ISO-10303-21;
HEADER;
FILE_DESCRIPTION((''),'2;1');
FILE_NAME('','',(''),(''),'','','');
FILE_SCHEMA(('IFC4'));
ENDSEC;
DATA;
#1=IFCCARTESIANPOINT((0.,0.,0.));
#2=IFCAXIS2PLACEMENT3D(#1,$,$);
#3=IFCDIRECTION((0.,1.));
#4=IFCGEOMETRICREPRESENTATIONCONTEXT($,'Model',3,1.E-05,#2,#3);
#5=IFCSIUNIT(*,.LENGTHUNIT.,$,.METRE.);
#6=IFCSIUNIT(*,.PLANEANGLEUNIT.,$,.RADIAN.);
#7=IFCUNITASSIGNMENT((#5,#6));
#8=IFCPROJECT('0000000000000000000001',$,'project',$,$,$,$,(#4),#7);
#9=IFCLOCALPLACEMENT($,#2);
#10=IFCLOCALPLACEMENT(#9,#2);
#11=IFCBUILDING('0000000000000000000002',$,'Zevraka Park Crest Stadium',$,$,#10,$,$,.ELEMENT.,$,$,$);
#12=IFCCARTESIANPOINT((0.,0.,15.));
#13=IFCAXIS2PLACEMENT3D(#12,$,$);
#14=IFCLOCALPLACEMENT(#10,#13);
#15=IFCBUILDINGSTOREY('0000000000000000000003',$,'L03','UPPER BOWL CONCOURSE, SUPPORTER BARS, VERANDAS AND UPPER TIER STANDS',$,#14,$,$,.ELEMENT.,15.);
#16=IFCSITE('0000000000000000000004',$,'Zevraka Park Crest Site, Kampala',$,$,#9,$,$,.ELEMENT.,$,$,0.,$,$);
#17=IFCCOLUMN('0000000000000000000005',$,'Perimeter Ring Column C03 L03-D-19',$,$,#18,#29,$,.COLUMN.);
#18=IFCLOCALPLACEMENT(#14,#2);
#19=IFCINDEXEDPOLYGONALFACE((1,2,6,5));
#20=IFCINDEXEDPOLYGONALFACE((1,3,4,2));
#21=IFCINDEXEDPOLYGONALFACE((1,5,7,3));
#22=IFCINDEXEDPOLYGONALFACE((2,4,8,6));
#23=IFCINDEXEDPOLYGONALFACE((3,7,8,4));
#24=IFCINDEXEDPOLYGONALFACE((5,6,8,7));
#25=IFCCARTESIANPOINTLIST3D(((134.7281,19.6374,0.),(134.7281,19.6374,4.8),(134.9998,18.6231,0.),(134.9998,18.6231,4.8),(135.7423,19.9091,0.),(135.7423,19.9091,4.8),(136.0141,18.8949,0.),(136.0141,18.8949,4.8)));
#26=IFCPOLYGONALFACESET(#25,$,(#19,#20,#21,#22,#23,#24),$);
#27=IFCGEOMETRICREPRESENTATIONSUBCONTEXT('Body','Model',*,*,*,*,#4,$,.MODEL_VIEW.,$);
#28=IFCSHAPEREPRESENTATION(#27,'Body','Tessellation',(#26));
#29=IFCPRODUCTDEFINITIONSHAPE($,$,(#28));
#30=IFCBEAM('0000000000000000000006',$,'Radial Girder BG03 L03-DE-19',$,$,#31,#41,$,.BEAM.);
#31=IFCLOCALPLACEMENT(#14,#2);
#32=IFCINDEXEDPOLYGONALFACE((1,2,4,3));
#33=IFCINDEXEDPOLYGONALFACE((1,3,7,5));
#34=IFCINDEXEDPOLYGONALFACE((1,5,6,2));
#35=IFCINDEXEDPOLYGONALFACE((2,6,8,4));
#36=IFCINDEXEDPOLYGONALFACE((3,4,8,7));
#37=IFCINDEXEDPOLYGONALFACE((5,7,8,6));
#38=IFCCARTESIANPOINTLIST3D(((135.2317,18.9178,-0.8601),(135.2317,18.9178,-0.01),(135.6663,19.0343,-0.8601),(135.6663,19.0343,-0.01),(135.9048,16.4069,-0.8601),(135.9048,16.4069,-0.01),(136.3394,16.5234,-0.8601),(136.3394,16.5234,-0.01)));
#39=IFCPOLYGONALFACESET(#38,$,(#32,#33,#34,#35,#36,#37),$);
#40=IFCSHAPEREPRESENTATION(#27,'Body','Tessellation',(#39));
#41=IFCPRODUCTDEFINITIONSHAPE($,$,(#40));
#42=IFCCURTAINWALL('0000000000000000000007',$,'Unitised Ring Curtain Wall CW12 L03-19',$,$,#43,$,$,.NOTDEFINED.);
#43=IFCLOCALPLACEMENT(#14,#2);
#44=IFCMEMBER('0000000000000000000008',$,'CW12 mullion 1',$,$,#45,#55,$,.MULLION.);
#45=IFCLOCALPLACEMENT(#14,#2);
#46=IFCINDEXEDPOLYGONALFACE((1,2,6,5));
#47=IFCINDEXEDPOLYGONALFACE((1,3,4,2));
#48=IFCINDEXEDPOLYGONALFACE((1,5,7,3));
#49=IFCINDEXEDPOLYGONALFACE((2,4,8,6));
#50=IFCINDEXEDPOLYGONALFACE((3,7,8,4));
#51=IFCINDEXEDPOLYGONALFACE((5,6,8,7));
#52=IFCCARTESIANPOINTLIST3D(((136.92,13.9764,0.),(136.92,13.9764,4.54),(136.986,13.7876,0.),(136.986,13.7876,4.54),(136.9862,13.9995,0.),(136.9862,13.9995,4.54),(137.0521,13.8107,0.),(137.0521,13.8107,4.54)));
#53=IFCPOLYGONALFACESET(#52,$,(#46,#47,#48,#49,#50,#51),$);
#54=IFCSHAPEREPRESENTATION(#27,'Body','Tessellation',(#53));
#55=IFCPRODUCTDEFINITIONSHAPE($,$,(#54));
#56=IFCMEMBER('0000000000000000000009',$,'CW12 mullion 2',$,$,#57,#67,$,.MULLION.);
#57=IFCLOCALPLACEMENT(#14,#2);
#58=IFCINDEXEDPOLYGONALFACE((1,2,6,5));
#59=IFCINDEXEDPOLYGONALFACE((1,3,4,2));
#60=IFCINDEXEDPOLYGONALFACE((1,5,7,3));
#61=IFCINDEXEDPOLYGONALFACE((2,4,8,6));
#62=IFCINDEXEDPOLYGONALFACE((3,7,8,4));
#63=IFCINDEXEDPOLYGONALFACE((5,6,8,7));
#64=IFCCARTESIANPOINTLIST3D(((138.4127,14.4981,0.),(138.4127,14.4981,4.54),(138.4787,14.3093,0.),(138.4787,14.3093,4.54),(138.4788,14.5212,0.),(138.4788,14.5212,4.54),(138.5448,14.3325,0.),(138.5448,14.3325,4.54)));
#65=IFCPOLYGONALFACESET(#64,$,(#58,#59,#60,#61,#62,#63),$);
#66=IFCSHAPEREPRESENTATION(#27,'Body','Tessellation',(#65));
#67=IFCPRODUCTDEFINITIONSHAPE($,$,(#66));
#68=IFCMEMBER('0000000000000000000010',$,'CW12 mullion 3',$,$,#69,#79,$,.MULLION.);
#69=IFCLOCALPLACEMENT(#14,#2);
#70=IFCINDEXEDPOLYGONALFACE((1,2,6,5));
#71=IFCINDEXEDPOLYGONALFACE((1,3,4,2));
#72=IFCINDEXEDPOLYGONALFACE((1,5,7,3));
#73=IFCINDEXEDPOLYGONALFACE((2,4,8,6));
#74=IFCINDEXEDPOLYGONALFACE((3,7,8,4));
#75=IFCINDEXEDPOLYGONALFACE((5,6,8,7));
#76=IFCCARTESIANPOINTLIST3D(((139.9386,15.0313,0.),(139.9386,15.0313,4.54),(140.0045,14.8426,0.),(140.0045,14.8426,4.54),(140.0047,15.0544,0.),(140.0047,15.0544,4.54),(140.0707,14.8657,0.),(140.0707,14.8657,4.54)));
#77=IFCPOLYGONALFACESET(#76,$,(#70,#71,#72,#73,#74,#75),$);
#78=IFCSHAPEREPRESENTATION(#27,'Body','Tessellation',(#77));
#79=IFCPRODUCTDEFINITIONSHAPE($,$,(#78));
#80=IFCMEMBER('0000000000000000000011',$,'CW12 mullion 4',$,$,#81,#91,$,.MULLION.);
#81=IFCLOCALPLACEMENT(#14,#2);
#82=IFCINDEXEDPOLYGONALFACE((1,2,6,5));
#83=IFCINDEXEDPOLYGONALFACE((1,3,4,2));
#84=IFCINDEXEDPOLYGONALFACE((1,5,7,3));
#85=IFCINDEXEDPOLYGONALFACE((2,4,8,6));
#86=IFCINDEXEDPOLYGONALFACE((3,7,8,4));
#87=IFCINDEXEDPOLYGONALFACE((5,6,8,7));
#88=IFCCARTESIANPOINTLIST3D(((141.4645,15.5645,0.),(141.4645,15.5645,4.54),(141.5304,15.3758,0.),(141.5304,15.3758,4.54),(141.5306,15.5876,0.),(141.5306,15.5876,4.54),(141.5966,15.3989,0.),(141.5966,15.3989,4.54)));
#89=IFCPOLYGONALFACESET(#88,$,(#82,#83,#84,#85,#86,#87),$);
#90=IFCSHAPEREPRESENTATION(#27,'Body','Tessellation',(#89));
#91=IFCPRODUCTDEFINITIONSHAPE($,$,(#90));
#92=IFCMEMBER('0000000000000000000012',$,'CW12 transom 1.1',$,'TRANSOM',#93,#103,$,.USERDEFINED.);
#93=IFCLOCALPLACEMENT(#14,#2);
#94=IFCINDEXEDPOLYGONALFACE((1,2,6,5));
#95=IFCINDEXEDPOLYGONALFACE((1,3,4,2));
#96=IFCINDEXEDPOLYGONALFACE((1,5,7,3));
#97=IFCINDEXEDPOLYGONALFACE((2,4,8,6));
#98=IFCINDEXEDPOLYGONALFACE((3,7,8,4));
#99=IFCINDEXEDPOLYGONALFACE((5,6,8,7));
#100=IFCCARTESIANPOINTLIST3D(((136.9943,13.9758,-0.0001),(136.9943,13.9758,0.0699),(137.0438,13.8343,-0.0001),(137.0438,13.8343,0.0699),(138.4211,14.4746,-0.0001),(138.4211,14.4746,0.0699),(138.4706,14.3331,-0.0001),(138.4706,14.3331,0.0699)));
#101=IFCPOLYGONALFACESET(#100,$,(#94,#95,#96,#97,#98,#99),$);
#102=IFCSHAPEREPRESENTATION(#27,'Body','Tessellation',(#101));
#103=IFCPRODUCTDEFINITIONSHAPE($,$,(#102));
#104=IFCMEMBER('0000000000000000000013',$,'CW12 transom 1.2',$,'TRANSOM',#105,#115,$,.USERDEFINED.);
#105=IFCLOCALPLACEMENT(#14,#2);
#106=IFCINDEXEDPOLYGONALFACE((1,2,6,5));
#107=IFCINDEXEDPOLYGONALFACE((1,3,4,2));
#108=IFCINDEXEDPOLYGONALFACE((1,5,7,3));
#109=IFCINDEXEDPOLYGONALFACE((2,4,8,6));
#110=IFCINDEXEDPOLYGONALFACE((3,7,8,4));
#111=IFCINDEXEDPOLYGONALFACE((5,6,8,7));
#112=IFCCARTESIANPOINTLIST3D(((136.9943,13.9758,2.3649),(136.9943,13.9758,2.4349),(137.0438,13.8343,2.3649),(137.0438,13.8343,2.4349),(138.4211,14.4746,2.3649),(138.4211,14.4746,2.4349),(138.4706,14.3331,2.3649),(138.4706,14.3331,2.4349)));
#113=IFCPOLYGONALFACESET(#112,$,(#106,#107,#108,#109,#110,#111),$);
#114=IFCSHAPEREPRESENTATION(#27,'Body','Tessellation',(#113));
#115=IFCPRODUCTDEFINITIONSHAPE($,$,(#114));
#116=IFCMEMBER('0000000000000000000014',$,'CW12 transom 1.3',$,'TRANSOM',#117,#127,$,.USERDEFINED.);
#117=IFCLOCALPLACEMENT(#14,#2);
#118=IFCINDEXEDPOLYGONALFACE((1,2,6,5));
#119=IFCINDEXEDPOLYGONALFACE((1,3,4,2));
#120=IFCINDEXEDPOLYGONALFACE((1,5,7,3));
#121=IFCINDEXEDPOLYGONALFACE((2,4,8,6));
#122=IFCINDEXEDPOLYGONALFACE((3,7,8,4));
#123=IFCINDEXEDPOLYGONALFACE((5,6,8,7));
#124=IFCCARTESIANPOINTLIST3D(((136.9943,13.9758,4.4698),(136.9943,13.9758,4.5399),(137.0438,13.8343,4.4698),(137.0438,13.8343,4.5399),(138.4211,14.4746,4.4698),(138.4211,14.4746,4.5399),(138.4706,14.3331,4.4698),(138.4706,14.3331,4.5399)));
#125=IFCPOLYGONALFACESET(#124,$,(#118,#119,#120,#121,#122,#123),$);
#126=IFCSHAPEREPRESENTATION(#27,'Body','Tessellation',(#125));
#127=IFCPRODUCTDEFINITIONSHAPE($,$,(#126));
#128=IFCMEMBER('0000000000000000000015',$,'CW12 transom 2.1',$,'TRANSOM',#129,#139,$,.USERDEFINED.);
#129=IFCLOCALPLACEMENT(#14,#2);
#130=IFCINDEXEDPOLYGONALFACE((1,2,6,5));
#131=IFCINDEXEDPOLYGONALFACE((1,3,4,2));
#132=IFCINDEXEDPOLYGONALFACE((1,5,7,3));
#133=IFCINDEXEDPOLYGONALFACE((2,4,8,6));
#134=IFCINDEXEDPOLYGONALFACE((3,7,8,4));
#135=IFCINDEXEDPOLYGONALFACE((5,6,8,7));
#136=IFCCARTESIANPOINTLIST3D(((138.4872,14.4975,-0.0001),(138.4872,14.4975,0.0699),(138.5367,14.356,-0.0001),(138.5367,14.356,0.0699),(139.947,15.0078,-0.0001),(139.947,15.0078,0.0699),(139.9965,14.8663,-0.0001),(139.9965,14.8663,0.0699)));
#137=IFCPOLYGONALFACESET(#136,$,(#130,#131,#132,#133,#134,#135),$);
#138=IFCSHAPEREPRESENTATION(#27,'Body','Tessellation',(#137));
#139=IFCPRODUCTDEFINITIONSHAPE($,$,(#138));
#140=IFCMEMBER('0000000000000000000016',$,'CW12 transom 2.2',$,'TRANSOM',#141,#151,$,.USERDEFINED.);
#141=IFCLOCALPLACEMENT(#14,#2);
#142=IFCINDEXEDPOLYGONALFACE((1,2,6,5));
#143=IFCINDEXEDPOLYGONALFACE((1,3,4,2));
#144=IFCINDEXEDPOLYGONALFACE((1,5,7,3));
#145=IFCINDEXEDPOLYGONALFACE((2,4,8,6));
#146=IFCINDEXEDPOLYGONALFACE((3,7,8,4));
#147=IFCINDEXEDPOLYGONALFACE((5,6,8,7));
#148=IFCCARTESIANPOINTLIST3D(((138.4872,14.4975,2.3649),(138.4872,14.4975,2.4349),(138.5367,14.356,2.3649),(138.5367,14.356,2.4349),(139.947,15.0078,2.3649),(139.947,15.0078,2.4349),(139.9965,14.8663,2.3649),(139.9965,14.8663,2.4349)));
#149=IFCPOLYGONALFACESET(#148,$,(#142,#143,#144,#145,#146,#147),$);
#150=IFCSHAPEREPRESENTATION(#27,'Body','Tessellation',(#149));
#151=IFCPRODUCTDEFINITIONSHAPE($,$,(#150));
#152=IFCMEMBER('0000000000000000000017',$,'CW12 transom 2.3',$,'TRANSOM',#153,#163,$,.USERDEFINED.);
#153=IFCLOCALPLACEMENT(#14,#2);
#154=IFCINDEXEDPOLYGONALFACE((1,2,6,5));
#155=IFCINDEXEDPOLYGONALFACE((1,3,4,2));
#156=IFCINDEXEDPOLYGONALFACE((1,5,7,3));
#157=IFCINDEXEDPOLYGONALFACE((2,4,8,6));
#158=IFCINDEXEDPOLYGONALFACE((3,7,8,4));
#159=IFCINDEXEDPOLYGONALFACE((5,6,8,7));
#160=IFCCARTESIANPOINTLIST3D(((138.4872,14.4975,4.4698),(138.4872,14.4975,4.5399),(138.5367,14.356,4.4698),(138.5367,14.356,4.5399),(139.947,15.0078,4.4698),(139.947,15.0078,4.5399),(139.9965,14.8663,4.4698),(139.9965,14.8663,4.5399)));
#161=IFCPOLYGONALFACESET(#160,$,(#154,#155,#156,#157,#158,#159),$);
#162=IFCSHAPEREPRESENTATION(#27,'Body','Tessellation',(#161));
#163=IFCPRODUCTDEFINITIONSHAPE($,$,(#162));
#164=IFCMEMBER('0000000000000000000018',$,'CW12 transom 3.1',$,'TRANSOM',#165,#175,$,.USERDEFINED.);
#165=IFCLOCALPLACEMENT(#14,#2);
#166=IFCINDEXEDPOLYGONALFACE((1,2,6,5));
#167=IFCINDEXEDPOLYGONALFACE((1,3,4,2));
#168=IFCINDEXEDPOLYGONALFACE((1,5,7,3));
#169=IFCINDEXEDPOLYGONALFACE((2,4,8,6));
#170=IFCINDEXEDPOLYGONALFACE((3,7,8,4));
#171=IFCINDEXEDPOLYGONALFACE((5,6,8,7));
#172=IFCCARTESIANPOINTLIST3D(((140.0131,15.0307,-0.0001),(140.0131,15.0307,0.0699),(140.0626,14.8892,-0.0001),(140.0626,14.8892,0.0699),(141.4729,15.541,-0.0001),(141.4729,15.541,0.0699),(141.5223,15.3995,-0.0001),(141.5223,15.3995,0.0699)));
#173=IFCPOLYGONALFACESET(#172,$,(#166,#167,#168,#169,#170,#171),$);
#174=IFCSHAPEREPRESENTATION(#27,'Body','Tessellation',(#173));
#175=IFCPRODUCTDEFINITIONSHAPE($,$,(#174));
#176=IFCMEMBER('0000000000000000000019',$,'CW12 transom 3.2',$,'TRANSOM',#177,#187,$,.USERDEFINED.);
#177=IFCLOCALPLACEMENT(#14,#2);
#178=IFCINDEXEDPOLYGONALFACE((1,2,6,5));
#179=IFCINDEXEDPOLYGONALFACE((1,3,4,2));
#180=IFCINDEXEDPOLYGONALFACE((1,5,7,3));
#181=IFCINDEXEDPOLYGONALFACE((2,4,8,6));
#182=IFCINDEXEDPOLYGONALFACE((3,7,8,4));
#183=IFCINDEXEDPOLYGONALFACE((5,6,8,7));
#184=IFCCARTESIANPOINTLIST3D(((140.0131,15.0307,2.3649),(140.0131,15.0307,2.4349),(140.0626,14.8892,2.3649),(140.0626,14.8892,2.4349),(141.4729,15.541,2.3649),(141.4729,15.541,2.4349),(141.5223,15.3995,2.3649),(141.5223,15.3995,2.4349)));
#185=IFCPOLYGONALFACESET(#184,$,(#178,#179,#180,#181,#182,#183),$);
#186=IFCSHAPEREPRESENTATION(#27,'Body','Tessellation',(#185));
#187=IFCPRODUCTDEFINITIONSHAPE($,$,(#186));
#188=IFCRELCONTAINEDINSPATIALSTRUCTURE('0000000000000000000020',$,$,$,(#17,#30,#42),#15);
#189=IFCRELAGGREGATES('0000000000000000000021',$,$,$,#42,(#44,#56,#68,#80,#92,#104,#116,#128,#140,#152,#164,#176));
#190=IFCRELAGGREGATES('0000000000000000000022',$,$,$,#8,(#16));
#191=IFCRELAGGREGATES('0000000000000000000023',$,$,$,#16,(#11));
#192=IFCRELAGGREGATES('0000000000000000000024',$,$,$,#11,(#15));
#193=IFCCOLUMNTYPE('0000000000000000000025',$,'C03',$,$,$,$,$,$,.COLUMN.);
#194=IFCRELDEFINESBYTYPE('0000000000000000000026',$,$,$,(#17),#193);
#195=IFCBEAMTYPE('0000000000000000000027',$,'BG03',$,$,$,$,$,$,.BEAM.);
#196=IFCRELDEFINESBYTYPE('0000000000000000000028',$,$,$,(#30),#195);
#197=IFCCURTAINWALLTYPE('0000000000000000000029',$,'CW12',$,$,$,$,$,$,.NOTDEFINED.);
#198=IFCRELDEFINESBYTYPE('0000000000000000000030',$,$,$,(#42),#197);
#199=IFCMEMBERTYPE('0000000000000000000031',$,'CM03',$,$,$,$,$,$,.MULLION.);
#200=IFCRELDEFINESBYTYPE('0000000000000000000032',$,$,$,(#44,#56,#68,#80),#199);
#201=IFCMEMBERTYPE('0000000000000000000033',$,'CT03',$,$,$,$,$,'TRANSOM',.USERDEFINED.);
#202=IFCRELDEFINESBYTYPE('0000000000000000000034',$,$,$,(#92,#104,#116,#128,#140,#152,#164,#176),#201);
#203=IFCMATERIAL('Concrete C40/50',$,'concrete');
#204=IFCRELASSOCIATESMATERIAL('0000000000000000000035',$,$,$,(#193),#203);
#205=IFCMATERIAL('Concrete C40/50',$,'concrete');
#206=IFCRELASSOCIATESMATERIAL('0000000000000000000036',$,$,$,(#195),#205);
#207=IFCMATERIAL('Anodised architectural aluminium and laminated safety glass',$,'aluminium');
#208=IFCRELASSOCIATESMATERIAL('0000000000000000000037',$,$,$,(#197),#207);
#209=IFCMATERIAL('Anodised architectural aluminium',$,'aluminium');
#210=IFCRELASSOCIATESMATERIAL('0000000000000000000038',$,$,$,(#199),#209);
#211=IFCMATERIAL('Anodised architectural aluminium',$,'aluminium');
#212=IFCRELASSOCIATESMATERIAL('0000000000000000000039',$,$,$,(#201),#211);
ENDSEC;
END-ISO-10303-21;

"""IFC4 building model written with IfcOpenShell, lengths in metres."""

from ifc_helpers import new_model, si_unit, direction, frame, origin, origin_2d, place, context, subcontext, project, spatial, rectangle, extrude, material, material_profile, profile_set, type_object, element, aggregate, save


model = new_model("IFC4")

# Units and contexts
model_context = context("Model", 3, precision=1e-05, world=origin(), true_north=direction((0.0, 1.0)))
body_context = subcontext(model_context, "Body", "Model", "MODEL_VIEW")
ifc_project = project(units=[si_unit("LENGTHUNIT", "METRE"), si_unit("PLANEANGLEUNIT", "RADIAN")], contexts=[model_context])

# Site, building, storey
site_placement = place(None, origin())
site = spatial("IfcSite", under=ifc_project, at=site_placement, Name="Zevraka Park Crest Site, Kampala", CompositionType="ELEMENT", RefElevation=0.0)
building_placement = place(site_placement, origin())
building = spatial("IfcBuilding", under=site, at=building_placement, Name="Zevraka Park Crest Stadium", CompositionType="ELEMENT")
storey_placement = place(building_placement, frame((0.0, 0.0, 15.0)))
storey = spatial("IfcBuildingStorey", under=building, at=storey_placement, Name="L03", Description="UPPER BOWL CONCOURSE, SUPPORTER BARS, VERANDAS AND UPPER TIER STANDS", CompositionType="ELEMENT", Elevation=15.0)

# Column
ifc_material_1 = material(Name="Concrete C40/50", Category="concrete")
ifc_material_profile_1 = material_profile(ifc_material_1, rectangle(XDim=1.05, YDim=1.05, at=origin_2d()), Name="RC 1050x1050")
ifc_profile_set_1 = profile_set([ifc_material_profile_1], Name="Concrete C40/50")
column_type = type_object("IfcColumnType", Name="C03", PredefinedType="COLUMN", material=ifc_profile_set_1)
column_placement = place(storey_placement, frame((135.3711, 19.2661, 0.0), z_axis=(0.0, 0.0, 1.0), x_axis=(-0.258819, 0.965926, 0.0)))
element("IfcColumn", 1, at=column_placement, inside=storey, type_object=column_type, Name="Perimeter Ring Column C03 L03-D-19", PredefinedType="COLUMN", context=body_context, shape_type="SweptSolid", body=[
    extrude(rectangle(XDim=1.05, YDim=1.05, at=origin_2d()), origin(), (0.0, 0.0, 1.0), 4.8),
])

# Beam
ifc_material_2 = material(Name="Concrete C40/50", Category="concrete")
ifc_material_profile_2 = material_profile(ifc_material_2, rectangle(XDim=0.45, YDim=0.8501, at=origin_2d()), Name="RC 850x450")
ifc_profile_set_2 = profile_set([ifc_material_profile_2], Name="Concrete C40/50")
beam_type_1 = type_object("IfcBeamType", Name="BG03", PredefinedType="BEAM", material=ifc_profile_set_2)
beam_1_placement = place(storey_placement, frame((135.449, 18.9761, -0.4351), z_axis=(0.258919, -0.965899, 0.0), x_axis=(0.965899, 0.258919, 0.0)))
element("IfcBeam", 2, at=beam_1_placement, inside=storey, type_object=beam_type_1, Name="Radial Girder BG03 L03-DE-19", PredefinedType="BEAM", context=body_context, shape_type="SweptSolid", body=[
    extrude(rectangle(XDim=0.45, YDim=0.8501, at=origin_2d()), origin(), (0.0, 0.0, 1.0), 2.5996),
])

# Curtain wall, members
ifc_material_3 = material(Name="Anodised architectural aluminium and laminated safety glass", Category="aluminium")
curtain_wall_type = type_object("IfcCurtainWallType", Name="CW12", PredefinedType="NOTDEFINED", material=ifc_material_3)
curtain_wall_placement = place(storey_placement, origin())
curtain_wall = element("IfcCurtainWall", 3, at=curtain_wall_placement, inside=storey, type_object=curtain_wall_type, Name="Unitised Ring Curtain Wall CW12 L03-19", PredefinedType="NOTDEFINED")
ifc_material_4 = material(Name="Anodised architectural aluminium", Category="aluminium")
ifc_material_profile_3 = material_profile(ifc_material_4, rectangle(XDim=0.2, YDim=0.0701, at=origin_2d()), Name="ALU MULLION 200x70")
ifc_profile_set_3 = profile_set([ifc_material_profile_3], Name="Anodised architectural aluminium")
member_type_1 = type_object("IfcMemberType", Name="CM03", PredefinedType="MULLION", material=ifc_profile_set_3)
member_1_placement = place(storey_placement, frame((136.9861, 13.8936, 0.0), z_axis=(0.0, 0.0, 1.0), x_axis=(-0.329917, 0.94401, 0.0)))
member_1 = element("IfcMember", 4, at=member_1_placement, type_object=member_type_1, Name="CW12 mullion 1", PredefinedType="MULLION", context=body_context, shape_type="SweptSolid", body=[
    extrude(rectangle(XDim=0.2, YDim=0.0701, at=origin_2d()), origin(), (0.0, 0.0, 1.0), 4.54),
])
member_2_placement = place(storey_placement, frame((138.4788, 14.4153, 0.0), z_axis=(0.0, 0.0, 1.0), x_axis=(-0.329917, 0.94401, 0.0)))
member_2 = element("IfcMember", 5, at=member_2_placement, type_object=member_type_1, Name="CW12 mullion 2", PredefinedType="MULLION", context=body_context, shape_type="SweptSolid", body=[
    extrude(rectangle(XDim=0.2, YDim=0.0701, at=origin_2d()), origin(), (0.0, 0.0, 1.0), 4.54),
])
member_3_placement = place(storey_placement, frame((140.0046, 14.9485, 0.0), z_axis=(0.0, 0.0, 1.0), x_axis=(-0.329917, 0.94401, 0.0)))
member_3 = element("IfcMember", 6, at=member_3_placement, type_object=member_type_1, Name="CW12 mullion 3", PredefinedType="MULLION", context=body_context, shape_type="SweptSolid", body=[
    extrude(rectangle(XDim=0.2, YDim=0.0701, at=origin_2d()), origin(), (0.0, 0.0, 1.0), 4.54),
])
member_4_placement = place(storey_placement, frame((141.5305, 15.4817, 0.0), z_axis=(0.0, 0.0, 1.0), x_axis=(-0.329917, 0.94401, 0.0)))
member_4 = element("IfcMember", 7, at=member_4_placement, type_object=member_type_1, Name="CW12 mullion 4", PredefinedType="MULLION", context=body_context, shape_type="SweptSolid", body=[
    extrude(rectangle(XDim=0.2, YDim=0.0701, at=origin_2d()), origin(), (0.0, 0.0, 1.0), 4.54),
])
ifc_material_5 = material(Name="Anodised architectural aluminium", Category="aluminium")
ifc_material_profile_4 = material_profile(ifc_material_5, rectangle(XDim=0.1499, YDim=0.0701, at=origin_2d()), Name="ALU TRANSOM 150x70")
ifc_profile_set_4 = profile_set([ifc_material_profile_4], Name="Anodised architectural aluminium")
member_type_2 = type_object("IfcMemberType", Name="CT03", ElementType="TRANSOM", PredefinedType="USERDEFINED", material=ifc_profile_set_4)
member_5_placement = place(storey_placement, frame((137.019, 13.905, 0.0349), z_axis=(0.943979, 0.330005, 0.0), x_axis=(-0.330005, 0.943979, 0.0)))
member_5 = element("IfcMember", 8, at=member_5_placement, type_object=member_type_2, Name="CW12 transom 1.1", ObjectType="TRANSOM", PredefinedType="USERDEFINED", context=body_context, shape_type="SweptSolid", body=[
    extrude(rectangle(XDim=0.1499, YDim=0.0701, at=origin_2d()), origin(), (0.0, 0.0, 1.0), 1.5115),
])
member_6_placement = place(storey_placement, frame((137.019, 13.905, 2.3999), z_axis=(0.943979, 0.330005, 0.0), x_axis=(-0.330005, 0.943979, 0.0)))
member_6 = element("IfcMember", 9, at=member_6_placement, type_object=member_type_2, Name="CW12 transom 1.2", ObjectType="TRANSOM", PredefinedType="USERDEFINED", context=body_context, shape_type="SweptSolid", body=[
    extrude(rectangle(XDim=0.1499, YDim=0.0701, at=origin_2d()), origin(), (0.0, 0.0, 1.0), 1.5115),
])
member_7_placement = place(storey_placement, frame((137.019, 13.905, 4.5049), z_axis=(0.943979, 0.330005, 0.0), x_axis=(-0.330005, 0.943979, 0.0)))
member_7 = element("IfcMember", 10, at=member_7_placement, type_object=member_type_2, Name="CW12 transom 1.3", ObjectType="TRANSOM", PredefinedType="USERDEFINED", context=body_context, shape_type="SweptSolid", body=[
    extrude(rectangle(XDim=0.1499, YDim=0.0701, at=origin_2d()), origin(), (0.0, 0.0, 1.0), 1.5115),
])
member_8_placement = place(storey_placement, frame((138.512, 14.4268, 0.0349), z_axis=(0.943989, 0.329978, 0.0), x_axis=(-0.329978, 0.943989, 0.0)))
member_8 = element("IfcMember", 11, at=member_8_placement, type_object=member_type_2, Name="CW12 transom 2.1", ObjectType="TRANSOM", PredefinedType="USERDEFINED", context=body_context, shape_type="SweptSolid", body=[
    extrude(rectangle(XDim=0.1499, YDim=0.0701, at=origin_2d()), origin(), (0.0, 0.0, 1.0), 1.5464),
])
member_9_placement = place(storey_placement, frame((138.512, 14.4268, 2.3999), z_axis=(0.943989, 0.329978, 0.0), x_axis=(-0.329978, 0.943989, 0.0)))
member_9 = element("IfcMember", 12, at=member_9_placement, type_object=member_type_2, Name="CW12 transom 2.2", ObjectType="TRANSOM", PredefinedType="USERDEFINED", context=body_context, shape_type="SweptSolid", body=[
    extrude(rectangle(XDim=0.1499, YDim=0.0701, at=origin_2d()), origin(), (0.0, 0.0, 1.0), 1.5464),
])
member_10_placement = place(storey_placement, frame((138.512, 14.4268, 4.5049), z_axis=(0.943989, 0.329978, 0.0), x_axis=(-0.329978, 0.943989, 0.0)))
member_10 = element("IfcMember", 13, at=member_10_placement, type_object=member_type_2, Name="CW12 transom 2.3", ObjectType="TRANSOM", PredefinedType="USERDEFINED", context=body_context, shape_type="SweptSolid", body=[
    extrude(rectangle(XDim=0.1499, YDim=0.0701, at=origin_2d()), origin(), (0.0, 0.0, 1.0), 1.5464),
])
member_11_placement = place(storey_placement, frame((140.0378, 14.96, 0.0349), z_axis=(0.943989, 0.329978, 0.0), x_axis=(-0.329978, 0.943989, 0.0)))
member_11 = element("IfcMember", 14, at=member_11_placement, type_object=member_type_2, Name="CW12 transom 3.1", ObjectType="TRANSOM", PredefinedType="USERDEFINED", context=body_context, shape_type="SweptSolid", body=[
    extrude(rectangle(XDim=0.1499, YDim=0.0701, at=origin_2d()), origin(), (0.0, 0.0, 1.0), 1.5464),
])
member_12_placement = place(storey_placement, frame((140.0378, 14.96, 2.3999), z_axis=(0.943989, 0.329978, 0.0), x_axis=(-0.329978, 0.943989, 0.0)))
member_12 = element("IfcMember", 15, at=member_12_placement, type_object=member_type_2, Name="CW12 transom 3.2", ObjectType="TRANSOM", PredefinedType="USERDEFINED", context=body_context, shape_type="SweptSolid", body=[
    extrude(rectangle(XDim=0.1499, YDim=0.0701, at=origin_2d()), origin(), (0.0, 0.0, 1.0), 1.5464),
])

aggregate(curtain_wall, [member_1, member_2, member_3, member_4, member_5, member_6, member_7, member_8, member_9, member_10, member_11, member_12])

save(model, "model.ifc")
